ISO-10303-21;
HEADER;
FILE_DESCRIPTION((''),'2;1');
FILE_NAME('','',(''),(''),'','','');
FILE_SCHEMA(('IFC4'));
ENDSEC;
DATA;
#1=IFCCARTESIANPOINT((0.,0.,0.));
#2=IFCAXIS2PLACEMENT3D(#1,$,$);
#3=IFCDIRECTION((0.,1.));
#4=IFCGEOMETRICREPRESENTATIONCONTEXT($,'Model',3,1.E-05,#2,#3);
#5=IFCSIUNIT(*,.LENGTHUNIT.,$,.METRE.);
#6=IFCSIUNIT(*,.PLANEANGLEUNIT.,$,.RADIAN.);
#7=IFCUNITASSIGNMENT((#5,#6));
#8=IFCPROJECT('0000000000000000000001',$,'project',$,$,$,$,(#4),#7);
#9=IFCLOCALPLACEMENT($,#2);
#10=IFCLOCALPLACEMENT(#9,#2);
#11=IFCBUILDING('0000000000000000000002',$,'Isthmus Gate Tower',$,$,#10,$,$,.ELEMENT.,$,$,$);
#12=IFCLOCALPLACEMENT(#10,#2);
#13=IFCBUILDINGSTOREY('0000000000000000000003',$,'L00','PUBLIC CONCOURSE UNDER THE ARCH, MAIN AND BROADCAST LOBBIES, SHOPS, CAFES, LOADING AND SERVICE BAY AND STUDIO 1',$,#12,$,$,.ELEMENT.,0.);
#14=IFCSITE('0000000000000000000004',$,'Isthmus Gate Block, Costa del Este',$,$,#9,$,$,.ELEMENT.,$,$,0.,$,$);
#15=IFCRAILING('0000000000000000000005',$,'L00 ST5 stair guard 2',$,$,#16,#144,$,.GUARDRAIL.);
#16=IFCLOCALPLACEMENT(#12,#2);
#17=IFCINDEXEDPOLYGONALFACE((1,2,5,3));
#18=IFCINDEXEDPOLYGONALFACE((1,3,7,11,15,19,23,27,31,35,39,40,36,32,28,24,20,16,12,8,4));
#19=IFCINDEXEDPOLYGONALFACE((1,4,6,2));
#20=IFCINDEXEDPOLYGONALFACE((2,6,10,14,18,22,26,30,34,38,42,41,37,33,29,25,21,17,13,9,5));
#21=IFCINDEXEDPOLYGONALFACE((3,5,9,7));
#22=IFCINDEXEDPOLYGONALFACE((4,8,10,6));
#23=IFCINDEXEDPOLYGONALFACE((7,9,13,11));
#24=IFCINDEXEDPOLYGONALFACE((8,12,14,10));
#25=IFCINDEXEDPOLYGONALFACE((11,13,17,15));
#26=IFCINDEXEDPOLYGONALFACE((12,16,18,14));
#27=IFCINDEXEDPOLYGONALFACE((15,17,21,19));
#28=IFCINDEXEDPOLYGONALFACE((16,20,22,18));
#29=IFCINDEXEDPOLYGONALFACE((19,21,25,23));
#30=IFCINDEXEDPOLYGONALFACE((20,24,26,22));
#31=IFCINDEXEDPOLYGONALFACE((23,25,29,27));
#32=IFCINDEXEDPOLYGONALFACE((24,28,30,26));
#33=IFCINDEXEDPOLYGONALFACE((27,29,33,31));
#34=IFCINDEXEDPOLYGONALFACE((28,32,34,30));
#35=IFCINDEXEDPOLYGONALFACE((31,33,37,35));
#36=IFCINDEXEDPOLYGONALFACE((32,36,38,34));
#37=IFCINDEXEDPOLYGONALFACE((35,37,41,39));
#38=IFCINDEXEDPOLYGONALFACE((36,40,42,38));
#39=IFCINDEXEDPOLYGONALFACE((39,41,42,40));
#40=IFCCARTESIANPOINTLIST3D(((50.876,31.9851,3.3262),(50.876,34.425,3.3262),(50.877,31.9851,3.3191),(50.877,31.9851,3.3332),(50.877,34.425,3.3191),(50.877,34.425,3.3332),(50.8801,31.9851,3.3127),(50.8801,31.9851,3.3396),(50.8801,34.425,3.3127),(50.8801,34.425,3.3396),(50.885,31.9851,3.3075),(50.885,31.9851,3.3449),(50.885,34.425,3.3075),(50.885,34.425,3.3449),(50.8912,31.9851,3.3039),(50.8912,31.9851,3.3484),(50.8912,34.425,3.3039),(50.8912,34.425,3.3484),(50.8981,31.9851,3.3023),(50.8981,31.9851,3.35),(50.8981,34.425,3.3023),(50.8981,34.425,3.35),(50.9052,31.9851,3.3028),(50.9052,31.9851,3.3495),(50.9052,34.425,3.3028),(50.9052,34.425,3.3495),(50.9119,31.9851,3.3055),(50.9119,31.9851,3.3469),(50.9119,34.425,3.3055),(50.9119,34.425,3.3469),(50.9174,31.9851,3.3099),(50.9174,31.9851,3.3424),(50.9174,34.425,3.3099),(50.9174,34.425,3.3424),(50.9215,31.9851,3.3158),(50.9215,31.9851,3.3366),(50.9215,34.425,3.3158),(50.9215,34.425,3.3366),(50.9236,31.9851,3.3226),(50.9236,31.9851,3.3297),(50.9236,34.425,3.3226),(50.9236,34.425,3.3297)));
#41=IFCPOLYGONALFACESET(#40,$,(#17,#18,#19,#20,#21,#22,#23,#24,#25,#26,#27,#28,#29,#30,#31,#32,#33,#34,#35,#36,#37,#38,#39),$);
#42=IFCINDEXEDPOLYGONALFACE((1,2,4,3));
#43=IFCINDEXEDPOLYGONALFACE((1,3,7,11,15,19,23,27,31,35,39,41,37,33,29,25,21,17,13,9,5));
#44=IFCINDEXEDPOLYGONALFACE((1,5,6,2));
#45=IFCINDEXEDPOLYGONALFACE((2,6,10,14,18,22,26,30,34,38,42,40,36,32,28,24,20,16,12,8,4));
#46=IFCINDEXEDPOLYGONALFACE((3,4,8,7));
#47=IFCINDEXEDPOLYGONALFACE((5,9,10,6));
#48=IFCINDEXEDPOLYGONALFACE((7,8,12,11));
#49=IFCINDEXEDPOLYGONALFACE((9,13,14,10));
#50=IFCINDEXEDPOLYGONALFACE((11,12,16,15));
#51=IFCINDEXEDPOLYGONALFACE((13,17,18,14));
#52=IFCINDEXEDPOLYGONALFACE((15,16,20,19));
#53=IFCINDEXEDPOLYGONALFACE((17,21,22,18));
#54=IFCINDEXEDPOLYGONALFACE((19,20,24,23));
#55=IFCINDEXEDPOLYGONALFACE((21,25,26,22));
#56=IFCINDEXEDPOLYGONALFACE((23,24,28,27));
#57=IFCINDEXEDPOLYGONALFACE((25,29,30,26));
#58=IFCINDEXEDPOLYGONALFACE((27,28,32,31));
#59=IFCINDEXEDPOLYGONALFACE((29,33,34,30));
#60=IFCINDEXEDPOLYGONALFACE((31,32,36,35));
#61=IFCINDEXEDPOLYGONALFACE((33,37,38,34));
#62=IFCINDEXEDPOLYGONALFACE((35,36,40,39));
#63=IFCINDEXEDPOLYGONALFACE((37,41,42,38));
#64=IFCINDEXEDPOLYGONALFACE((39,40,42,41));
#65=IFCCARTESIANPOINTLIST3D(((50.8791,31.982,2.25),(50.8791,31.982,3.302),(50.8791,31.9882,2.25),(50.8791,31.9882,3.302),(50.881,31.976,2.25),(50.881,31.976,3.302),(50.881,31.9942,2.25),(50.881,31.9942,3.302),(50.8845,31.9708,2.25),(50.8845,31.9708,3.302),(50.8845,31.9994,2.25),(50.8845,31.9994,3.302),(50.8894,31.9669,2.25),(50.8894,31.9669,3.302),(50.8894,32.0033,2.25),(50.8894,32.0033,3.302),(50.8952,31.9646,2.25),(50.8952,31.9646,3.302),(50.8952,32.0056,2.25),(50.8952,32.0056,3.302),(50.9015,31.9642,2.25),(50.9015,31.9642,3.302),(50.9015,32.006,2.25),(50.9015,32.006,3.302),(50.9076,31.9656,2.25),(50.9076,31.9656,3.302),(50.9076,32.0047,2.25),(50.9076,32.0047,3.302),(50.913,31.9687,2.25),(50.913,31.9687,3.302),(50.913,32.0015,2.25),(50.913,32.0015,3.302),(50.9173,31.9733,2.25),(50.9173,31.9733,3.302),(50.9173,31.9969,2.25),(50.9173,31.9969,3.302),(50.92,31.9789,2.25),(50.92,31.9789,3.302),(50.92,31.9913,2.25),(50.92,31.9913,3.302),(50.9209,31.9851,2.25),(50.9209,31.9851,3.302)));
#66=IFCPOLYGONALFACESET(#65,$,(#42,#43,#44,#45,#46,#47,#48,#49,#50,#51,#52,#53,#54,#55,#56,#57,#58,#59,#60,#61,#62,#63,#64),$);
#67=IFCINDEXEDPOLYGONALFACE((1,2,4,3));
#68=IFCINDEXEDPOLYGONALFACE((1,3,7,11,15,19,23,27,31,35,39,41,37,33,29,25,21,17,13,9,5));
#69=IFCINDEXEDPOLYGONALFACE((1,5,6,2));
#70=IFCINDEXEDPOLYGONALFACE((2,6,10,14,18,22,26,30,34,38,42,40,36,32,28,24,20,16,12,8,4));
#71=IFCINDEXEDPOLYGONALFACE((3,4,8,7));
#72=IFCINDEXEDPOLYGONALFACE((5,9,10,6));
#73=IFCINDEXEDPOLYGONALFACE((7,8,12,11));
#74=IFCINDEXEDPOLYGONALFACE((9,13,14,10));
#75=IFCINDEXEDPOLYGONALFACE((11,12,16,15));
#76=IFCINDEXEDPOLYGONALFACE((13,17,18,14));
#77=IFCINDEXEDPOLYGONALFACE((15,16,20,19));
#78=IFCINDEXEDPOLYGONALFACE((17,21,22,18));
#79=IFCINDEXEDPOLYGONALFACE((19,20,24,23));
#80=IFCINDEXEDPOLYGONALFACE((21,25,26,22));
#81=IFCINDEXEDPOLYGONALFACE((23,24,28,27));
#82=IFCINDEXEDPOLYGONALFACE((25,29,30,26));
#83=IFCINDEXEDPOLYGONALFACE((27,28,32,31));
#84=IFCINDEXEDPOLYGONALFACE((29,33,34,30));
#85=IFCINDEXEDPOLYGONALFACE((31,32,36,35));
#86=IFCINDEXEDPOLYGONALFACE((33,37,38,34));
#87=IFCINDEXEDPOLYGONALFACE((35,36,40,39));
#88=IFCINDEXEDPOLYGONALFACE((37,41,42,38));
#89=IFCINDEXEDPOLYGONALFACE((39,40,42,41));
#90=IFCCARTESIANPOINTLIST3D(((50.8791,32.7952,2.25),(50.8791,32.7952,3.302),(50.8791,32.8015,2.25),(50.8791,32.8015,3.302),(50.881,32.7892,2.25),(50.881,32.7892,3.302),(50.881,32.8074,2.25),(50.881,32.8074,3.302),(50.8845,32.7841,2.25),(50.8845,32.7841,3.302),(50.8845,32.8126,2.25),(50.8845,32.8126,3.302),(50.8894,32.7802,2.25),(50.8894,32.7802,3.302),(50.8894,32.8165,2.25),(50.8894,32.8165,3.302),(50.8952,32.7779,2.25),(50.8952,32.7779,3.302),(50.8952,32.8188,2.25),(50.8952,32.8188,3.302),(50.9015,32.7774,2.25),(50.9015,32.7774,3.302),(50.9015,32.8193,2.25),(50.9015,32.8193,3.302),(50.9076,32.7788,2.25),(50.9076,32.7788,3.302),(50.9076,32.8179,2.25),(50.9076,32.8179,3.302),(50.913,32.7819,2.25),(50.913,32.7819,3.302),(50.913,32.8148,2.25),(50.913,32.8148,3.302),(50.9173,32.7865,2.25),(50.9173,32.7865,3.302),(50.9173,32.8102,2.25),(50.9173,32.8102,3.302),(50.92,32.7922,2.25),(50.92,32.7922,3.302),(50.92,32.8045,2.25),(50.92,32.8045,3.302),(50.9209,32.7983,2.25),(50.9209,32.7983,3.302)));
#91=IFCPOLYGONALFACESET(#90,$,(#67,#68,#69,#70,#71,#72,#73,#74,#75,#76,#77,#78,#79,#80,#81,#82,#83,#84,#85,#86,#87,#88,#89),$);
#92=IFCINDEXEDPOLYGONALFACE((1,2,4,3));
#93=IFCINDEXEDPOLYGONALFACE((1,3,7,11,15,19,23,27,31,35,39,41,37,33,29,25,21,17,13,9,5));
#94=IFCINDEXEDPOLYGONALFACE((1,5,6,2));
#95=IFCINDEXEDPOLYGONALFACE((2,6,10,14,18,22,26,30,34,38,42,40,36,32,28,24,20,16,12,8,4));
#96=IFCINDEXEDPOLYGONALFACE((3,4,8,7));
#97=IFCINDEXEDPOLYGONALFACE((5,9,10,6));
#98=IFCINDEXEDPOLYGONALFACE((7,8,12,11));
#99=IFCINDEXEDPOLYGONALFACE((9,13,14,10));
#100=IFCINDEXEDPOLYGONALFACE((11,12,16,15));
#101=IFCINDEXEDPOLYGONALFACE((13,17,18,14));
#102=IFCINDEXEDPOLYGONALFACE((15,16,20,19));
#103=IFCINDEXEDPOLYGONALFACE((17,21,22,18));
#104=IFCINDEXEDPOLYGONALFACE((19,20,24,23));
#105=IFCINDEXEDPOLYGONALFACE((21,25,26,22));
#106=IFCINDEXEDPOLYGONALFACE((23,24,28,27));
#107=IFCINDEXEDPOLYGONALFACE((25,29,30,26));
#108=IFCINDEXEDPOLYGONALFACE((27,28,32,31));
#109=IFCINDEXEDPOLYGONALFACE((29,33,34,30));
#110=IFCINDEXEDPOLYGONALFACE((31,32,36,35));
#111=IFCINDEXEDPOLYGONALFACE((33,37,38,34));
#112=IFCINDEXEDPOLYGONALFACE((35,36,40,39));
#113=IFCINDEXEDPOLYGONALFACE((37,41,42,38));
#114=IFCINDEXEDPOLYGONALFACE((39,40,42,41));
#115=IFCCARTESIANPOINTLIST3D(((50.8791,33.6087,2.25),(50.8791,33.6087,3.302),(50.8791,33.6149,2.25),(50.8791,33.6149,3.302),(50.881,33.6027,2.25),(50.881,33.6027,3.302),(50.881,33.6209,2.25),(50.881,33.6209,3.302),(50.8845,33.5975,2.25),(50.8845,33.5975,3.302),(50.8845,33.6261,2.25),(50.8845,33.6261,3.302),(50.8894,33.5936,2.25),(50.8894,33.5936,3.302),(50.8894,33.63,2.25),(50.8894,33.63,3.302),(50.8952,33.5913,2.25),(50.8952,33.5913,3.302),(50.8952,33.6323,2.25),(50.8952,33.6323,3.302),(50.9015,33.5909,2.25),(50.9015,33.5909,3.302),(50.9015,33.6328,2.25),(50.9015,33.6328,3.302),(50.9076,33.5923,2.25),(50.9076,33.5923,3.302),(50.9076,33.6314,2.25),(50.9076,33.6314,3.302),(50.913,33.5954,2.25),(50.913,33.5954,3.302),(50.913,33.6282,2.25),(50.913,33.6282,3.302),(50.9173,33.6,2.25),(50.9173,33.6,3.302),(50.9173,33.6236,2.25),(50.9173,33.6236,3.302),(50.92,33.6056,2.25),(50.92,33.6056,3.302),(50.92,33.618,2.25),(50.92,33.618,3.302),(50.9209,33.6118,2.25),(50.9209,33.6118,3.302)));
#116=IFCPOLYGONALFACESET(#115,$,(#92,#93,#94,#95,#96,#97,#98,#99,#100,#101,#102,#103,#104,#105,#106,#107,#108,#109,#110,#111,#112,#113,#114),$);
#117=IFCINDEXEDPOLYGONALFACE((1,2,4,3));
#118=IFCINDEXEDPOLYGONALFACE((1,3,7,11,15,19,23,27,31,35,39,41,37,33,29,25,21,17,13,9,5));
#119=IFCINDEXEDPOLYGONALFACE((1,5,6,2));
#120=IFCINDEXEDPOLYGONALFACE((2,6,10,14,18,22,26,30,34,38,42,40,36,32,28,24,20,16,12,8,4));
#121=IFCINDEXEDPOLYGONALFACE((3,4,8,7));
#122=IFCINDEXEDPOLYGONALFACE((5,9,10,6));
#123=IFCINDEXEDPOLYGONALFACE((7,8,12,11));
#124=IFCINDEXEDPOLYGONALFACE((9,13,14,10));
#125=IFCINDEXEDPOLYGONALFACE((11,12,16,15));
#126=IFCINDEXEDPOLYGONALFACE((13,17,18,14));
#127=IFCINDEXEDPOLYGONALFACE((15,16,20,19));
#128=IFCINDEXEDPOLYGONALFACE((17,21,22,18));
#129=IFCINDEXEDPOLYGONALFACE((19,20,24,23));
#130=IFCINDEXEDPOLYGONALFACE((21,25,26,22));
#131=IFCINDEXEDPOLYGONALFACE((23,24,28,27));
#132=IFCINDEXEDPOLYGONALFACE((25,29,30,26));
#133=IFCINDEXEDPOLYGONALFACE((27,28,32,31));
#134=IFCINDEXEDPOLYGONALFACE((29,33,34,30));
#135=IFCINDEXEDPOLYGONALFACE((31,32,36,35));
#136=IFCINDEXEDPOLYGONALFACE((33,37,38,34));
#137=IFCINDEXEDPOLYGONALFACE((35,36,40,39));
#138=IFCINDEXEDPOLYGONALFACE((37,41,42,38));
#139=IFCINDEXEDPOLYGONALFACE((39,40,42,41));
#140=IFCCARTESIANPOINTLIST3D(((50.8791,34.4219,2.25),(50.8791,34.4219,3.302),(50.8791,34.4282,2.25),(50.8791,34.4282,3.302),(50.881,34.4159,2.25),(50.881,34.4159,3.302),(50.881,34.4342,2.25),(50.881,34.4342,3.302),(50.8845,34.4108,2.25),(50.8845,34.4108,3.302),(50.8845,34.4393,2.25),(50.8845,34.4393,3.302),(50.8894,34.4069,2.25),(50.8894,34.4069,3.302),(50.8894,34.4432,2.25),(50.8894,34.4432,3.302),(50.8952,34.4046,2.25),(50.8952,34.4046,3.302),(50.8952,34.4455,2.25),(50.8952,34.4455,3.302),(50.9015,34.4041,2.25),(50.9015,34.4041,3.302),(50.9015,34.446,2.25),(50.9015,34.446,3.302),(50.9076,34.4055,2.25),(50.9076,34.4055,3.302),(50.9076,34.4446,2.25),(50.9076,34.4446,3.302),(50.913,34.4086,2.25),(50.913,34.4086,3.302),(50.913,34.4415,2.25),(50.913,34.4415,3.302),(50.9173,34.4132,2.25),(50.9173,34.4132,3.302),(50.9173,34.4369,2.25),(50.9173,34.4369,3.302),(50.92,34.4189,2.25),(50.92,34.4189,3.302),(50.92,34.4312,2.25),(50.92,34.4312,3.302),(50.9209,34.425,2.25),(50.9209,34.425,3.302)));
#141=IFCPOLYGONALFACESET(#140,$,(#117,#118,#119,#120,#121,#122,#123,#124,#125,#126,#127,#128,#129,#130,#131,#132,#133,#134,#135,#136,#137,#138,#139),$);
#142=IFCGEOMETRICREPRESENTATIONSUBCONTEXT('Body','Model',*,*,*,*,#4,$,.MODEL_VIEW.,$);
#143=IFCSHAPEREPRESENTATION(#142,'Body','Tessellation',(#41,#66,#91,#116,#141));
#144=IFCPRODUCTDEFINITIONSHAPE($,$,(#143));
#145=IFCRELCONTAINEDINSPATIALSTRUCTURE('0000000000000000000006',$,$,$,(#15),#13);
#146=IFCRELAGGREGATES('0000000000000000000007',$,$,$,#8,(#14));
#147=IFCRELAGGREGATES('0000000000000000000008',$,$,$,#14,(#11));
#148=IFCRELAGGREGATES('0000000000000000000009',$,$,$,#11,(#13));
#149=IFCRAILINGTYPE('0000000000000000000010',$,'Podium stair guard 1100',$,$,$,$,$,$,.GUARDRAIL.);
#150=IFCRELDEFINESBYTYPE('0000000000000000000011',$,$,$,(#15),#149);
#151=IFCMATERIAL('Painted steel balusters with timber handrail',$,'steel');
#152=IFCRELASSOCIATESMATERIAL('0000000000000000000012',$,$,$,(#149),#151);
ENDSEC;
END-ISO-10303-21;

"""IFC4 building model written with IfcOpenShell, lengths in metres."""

from ifc_helpers import new_model, si_unit, direction, frame, origin, origin_2d, place, context, subcontext, project, spatial, circle, extrude, material, type_object, element, save


model = new_model("IFC4")

# Units and contexts
model_context = context("Model", 3, precision=1e-05, world=origin(), true_north=direction((0.0, 1.0)))
body_context = subcontext(model_context, "Body", "Model", "MODEL_VIEW")
ifc_project = project(units=[si_unit("LENGTHUNIT", "METRE"), si_unit("PLANEANGLEUNIT", "RADIAN")], contexts=[model_context])

# Site, building, storey
site_placement = place(None, origin())
site = spatial("IfcSite", under=ifc_project, at=site_placement, Name="Isthmus Gate Block, Costa del Este", CompositionType="ELEMENT", RefElevation=0.0)
building_placement = place(site_placement, origin())
building = spatial("IfcBuilding", under=site, at=building_placement, Name="Isthmus Gate Tower", CompositionType="ELEMENT")
storey_placement = place(building_placement, origin())
storey = spatial("IfcBuildingStorey", under=building, at=storey_placement, Name="L00", Description="PUBLIC CONCOURSE UNDER THE ARCH, MAIN AND BROADCAST LOBBIES, SHOPS, CAFES, LOADING AND SERVICE BAY AND STUDIO 1", CompositionType="ELEMENT", Elevation=0.0)

# Railing
ifc_material_1 = material(Name="Painted steel balusters with timber handrail", Category="steel")
railing_type_1 = type_object("IfcRailingType", Name="Podium stair guard 1100", PredefinedType="GUARDRAIL", material=ifc_material_1)
railing_1_placement = place(storey_placement, frame((50.8999, 31.9851, 2.25)))
element("IfcRailing", 1, at=railing_1_placement, inside=storey, type_object=railing_type_1, Name="L00 ST5 stair guard 2", PredefinedType="GUARDRAIL", context=body_context, shape_type="SweptSolid", body=[
    extrude(circle(Radius=0.0239, at=origin_2d()), frame((0.0, 0.0, 1.0762), z_axis=(0.0, 1.0, 0.0), x_axis=(-1.0, 0.0, 0.0)), (0.0, 0.0, 1.0), 2.4399),
    extrude(circle(Radius=0.021, at=origin_2d()), origin(), (0.0, 0.0, 1.0), 1.052),
    extrude(circle(Radius=0.021, at=origin_2d()), frame((0.0, 0.8132, 0.0)), (0.0, 0.0, 1.0), 1.052),
    extrude(circle(Radius=0.021, at=origin_2d()), frame((0.0, 1.6267, 0.0)), (0.0, 0.0, 1.0), 1.052),
    extrude(circle(Radius=0.021, at=origin_2d()), frame((0.0, 2.4399, 0.0)), (0.0, 0.0, 1.0), 1.052),
])

save(model, "model.ifc")
